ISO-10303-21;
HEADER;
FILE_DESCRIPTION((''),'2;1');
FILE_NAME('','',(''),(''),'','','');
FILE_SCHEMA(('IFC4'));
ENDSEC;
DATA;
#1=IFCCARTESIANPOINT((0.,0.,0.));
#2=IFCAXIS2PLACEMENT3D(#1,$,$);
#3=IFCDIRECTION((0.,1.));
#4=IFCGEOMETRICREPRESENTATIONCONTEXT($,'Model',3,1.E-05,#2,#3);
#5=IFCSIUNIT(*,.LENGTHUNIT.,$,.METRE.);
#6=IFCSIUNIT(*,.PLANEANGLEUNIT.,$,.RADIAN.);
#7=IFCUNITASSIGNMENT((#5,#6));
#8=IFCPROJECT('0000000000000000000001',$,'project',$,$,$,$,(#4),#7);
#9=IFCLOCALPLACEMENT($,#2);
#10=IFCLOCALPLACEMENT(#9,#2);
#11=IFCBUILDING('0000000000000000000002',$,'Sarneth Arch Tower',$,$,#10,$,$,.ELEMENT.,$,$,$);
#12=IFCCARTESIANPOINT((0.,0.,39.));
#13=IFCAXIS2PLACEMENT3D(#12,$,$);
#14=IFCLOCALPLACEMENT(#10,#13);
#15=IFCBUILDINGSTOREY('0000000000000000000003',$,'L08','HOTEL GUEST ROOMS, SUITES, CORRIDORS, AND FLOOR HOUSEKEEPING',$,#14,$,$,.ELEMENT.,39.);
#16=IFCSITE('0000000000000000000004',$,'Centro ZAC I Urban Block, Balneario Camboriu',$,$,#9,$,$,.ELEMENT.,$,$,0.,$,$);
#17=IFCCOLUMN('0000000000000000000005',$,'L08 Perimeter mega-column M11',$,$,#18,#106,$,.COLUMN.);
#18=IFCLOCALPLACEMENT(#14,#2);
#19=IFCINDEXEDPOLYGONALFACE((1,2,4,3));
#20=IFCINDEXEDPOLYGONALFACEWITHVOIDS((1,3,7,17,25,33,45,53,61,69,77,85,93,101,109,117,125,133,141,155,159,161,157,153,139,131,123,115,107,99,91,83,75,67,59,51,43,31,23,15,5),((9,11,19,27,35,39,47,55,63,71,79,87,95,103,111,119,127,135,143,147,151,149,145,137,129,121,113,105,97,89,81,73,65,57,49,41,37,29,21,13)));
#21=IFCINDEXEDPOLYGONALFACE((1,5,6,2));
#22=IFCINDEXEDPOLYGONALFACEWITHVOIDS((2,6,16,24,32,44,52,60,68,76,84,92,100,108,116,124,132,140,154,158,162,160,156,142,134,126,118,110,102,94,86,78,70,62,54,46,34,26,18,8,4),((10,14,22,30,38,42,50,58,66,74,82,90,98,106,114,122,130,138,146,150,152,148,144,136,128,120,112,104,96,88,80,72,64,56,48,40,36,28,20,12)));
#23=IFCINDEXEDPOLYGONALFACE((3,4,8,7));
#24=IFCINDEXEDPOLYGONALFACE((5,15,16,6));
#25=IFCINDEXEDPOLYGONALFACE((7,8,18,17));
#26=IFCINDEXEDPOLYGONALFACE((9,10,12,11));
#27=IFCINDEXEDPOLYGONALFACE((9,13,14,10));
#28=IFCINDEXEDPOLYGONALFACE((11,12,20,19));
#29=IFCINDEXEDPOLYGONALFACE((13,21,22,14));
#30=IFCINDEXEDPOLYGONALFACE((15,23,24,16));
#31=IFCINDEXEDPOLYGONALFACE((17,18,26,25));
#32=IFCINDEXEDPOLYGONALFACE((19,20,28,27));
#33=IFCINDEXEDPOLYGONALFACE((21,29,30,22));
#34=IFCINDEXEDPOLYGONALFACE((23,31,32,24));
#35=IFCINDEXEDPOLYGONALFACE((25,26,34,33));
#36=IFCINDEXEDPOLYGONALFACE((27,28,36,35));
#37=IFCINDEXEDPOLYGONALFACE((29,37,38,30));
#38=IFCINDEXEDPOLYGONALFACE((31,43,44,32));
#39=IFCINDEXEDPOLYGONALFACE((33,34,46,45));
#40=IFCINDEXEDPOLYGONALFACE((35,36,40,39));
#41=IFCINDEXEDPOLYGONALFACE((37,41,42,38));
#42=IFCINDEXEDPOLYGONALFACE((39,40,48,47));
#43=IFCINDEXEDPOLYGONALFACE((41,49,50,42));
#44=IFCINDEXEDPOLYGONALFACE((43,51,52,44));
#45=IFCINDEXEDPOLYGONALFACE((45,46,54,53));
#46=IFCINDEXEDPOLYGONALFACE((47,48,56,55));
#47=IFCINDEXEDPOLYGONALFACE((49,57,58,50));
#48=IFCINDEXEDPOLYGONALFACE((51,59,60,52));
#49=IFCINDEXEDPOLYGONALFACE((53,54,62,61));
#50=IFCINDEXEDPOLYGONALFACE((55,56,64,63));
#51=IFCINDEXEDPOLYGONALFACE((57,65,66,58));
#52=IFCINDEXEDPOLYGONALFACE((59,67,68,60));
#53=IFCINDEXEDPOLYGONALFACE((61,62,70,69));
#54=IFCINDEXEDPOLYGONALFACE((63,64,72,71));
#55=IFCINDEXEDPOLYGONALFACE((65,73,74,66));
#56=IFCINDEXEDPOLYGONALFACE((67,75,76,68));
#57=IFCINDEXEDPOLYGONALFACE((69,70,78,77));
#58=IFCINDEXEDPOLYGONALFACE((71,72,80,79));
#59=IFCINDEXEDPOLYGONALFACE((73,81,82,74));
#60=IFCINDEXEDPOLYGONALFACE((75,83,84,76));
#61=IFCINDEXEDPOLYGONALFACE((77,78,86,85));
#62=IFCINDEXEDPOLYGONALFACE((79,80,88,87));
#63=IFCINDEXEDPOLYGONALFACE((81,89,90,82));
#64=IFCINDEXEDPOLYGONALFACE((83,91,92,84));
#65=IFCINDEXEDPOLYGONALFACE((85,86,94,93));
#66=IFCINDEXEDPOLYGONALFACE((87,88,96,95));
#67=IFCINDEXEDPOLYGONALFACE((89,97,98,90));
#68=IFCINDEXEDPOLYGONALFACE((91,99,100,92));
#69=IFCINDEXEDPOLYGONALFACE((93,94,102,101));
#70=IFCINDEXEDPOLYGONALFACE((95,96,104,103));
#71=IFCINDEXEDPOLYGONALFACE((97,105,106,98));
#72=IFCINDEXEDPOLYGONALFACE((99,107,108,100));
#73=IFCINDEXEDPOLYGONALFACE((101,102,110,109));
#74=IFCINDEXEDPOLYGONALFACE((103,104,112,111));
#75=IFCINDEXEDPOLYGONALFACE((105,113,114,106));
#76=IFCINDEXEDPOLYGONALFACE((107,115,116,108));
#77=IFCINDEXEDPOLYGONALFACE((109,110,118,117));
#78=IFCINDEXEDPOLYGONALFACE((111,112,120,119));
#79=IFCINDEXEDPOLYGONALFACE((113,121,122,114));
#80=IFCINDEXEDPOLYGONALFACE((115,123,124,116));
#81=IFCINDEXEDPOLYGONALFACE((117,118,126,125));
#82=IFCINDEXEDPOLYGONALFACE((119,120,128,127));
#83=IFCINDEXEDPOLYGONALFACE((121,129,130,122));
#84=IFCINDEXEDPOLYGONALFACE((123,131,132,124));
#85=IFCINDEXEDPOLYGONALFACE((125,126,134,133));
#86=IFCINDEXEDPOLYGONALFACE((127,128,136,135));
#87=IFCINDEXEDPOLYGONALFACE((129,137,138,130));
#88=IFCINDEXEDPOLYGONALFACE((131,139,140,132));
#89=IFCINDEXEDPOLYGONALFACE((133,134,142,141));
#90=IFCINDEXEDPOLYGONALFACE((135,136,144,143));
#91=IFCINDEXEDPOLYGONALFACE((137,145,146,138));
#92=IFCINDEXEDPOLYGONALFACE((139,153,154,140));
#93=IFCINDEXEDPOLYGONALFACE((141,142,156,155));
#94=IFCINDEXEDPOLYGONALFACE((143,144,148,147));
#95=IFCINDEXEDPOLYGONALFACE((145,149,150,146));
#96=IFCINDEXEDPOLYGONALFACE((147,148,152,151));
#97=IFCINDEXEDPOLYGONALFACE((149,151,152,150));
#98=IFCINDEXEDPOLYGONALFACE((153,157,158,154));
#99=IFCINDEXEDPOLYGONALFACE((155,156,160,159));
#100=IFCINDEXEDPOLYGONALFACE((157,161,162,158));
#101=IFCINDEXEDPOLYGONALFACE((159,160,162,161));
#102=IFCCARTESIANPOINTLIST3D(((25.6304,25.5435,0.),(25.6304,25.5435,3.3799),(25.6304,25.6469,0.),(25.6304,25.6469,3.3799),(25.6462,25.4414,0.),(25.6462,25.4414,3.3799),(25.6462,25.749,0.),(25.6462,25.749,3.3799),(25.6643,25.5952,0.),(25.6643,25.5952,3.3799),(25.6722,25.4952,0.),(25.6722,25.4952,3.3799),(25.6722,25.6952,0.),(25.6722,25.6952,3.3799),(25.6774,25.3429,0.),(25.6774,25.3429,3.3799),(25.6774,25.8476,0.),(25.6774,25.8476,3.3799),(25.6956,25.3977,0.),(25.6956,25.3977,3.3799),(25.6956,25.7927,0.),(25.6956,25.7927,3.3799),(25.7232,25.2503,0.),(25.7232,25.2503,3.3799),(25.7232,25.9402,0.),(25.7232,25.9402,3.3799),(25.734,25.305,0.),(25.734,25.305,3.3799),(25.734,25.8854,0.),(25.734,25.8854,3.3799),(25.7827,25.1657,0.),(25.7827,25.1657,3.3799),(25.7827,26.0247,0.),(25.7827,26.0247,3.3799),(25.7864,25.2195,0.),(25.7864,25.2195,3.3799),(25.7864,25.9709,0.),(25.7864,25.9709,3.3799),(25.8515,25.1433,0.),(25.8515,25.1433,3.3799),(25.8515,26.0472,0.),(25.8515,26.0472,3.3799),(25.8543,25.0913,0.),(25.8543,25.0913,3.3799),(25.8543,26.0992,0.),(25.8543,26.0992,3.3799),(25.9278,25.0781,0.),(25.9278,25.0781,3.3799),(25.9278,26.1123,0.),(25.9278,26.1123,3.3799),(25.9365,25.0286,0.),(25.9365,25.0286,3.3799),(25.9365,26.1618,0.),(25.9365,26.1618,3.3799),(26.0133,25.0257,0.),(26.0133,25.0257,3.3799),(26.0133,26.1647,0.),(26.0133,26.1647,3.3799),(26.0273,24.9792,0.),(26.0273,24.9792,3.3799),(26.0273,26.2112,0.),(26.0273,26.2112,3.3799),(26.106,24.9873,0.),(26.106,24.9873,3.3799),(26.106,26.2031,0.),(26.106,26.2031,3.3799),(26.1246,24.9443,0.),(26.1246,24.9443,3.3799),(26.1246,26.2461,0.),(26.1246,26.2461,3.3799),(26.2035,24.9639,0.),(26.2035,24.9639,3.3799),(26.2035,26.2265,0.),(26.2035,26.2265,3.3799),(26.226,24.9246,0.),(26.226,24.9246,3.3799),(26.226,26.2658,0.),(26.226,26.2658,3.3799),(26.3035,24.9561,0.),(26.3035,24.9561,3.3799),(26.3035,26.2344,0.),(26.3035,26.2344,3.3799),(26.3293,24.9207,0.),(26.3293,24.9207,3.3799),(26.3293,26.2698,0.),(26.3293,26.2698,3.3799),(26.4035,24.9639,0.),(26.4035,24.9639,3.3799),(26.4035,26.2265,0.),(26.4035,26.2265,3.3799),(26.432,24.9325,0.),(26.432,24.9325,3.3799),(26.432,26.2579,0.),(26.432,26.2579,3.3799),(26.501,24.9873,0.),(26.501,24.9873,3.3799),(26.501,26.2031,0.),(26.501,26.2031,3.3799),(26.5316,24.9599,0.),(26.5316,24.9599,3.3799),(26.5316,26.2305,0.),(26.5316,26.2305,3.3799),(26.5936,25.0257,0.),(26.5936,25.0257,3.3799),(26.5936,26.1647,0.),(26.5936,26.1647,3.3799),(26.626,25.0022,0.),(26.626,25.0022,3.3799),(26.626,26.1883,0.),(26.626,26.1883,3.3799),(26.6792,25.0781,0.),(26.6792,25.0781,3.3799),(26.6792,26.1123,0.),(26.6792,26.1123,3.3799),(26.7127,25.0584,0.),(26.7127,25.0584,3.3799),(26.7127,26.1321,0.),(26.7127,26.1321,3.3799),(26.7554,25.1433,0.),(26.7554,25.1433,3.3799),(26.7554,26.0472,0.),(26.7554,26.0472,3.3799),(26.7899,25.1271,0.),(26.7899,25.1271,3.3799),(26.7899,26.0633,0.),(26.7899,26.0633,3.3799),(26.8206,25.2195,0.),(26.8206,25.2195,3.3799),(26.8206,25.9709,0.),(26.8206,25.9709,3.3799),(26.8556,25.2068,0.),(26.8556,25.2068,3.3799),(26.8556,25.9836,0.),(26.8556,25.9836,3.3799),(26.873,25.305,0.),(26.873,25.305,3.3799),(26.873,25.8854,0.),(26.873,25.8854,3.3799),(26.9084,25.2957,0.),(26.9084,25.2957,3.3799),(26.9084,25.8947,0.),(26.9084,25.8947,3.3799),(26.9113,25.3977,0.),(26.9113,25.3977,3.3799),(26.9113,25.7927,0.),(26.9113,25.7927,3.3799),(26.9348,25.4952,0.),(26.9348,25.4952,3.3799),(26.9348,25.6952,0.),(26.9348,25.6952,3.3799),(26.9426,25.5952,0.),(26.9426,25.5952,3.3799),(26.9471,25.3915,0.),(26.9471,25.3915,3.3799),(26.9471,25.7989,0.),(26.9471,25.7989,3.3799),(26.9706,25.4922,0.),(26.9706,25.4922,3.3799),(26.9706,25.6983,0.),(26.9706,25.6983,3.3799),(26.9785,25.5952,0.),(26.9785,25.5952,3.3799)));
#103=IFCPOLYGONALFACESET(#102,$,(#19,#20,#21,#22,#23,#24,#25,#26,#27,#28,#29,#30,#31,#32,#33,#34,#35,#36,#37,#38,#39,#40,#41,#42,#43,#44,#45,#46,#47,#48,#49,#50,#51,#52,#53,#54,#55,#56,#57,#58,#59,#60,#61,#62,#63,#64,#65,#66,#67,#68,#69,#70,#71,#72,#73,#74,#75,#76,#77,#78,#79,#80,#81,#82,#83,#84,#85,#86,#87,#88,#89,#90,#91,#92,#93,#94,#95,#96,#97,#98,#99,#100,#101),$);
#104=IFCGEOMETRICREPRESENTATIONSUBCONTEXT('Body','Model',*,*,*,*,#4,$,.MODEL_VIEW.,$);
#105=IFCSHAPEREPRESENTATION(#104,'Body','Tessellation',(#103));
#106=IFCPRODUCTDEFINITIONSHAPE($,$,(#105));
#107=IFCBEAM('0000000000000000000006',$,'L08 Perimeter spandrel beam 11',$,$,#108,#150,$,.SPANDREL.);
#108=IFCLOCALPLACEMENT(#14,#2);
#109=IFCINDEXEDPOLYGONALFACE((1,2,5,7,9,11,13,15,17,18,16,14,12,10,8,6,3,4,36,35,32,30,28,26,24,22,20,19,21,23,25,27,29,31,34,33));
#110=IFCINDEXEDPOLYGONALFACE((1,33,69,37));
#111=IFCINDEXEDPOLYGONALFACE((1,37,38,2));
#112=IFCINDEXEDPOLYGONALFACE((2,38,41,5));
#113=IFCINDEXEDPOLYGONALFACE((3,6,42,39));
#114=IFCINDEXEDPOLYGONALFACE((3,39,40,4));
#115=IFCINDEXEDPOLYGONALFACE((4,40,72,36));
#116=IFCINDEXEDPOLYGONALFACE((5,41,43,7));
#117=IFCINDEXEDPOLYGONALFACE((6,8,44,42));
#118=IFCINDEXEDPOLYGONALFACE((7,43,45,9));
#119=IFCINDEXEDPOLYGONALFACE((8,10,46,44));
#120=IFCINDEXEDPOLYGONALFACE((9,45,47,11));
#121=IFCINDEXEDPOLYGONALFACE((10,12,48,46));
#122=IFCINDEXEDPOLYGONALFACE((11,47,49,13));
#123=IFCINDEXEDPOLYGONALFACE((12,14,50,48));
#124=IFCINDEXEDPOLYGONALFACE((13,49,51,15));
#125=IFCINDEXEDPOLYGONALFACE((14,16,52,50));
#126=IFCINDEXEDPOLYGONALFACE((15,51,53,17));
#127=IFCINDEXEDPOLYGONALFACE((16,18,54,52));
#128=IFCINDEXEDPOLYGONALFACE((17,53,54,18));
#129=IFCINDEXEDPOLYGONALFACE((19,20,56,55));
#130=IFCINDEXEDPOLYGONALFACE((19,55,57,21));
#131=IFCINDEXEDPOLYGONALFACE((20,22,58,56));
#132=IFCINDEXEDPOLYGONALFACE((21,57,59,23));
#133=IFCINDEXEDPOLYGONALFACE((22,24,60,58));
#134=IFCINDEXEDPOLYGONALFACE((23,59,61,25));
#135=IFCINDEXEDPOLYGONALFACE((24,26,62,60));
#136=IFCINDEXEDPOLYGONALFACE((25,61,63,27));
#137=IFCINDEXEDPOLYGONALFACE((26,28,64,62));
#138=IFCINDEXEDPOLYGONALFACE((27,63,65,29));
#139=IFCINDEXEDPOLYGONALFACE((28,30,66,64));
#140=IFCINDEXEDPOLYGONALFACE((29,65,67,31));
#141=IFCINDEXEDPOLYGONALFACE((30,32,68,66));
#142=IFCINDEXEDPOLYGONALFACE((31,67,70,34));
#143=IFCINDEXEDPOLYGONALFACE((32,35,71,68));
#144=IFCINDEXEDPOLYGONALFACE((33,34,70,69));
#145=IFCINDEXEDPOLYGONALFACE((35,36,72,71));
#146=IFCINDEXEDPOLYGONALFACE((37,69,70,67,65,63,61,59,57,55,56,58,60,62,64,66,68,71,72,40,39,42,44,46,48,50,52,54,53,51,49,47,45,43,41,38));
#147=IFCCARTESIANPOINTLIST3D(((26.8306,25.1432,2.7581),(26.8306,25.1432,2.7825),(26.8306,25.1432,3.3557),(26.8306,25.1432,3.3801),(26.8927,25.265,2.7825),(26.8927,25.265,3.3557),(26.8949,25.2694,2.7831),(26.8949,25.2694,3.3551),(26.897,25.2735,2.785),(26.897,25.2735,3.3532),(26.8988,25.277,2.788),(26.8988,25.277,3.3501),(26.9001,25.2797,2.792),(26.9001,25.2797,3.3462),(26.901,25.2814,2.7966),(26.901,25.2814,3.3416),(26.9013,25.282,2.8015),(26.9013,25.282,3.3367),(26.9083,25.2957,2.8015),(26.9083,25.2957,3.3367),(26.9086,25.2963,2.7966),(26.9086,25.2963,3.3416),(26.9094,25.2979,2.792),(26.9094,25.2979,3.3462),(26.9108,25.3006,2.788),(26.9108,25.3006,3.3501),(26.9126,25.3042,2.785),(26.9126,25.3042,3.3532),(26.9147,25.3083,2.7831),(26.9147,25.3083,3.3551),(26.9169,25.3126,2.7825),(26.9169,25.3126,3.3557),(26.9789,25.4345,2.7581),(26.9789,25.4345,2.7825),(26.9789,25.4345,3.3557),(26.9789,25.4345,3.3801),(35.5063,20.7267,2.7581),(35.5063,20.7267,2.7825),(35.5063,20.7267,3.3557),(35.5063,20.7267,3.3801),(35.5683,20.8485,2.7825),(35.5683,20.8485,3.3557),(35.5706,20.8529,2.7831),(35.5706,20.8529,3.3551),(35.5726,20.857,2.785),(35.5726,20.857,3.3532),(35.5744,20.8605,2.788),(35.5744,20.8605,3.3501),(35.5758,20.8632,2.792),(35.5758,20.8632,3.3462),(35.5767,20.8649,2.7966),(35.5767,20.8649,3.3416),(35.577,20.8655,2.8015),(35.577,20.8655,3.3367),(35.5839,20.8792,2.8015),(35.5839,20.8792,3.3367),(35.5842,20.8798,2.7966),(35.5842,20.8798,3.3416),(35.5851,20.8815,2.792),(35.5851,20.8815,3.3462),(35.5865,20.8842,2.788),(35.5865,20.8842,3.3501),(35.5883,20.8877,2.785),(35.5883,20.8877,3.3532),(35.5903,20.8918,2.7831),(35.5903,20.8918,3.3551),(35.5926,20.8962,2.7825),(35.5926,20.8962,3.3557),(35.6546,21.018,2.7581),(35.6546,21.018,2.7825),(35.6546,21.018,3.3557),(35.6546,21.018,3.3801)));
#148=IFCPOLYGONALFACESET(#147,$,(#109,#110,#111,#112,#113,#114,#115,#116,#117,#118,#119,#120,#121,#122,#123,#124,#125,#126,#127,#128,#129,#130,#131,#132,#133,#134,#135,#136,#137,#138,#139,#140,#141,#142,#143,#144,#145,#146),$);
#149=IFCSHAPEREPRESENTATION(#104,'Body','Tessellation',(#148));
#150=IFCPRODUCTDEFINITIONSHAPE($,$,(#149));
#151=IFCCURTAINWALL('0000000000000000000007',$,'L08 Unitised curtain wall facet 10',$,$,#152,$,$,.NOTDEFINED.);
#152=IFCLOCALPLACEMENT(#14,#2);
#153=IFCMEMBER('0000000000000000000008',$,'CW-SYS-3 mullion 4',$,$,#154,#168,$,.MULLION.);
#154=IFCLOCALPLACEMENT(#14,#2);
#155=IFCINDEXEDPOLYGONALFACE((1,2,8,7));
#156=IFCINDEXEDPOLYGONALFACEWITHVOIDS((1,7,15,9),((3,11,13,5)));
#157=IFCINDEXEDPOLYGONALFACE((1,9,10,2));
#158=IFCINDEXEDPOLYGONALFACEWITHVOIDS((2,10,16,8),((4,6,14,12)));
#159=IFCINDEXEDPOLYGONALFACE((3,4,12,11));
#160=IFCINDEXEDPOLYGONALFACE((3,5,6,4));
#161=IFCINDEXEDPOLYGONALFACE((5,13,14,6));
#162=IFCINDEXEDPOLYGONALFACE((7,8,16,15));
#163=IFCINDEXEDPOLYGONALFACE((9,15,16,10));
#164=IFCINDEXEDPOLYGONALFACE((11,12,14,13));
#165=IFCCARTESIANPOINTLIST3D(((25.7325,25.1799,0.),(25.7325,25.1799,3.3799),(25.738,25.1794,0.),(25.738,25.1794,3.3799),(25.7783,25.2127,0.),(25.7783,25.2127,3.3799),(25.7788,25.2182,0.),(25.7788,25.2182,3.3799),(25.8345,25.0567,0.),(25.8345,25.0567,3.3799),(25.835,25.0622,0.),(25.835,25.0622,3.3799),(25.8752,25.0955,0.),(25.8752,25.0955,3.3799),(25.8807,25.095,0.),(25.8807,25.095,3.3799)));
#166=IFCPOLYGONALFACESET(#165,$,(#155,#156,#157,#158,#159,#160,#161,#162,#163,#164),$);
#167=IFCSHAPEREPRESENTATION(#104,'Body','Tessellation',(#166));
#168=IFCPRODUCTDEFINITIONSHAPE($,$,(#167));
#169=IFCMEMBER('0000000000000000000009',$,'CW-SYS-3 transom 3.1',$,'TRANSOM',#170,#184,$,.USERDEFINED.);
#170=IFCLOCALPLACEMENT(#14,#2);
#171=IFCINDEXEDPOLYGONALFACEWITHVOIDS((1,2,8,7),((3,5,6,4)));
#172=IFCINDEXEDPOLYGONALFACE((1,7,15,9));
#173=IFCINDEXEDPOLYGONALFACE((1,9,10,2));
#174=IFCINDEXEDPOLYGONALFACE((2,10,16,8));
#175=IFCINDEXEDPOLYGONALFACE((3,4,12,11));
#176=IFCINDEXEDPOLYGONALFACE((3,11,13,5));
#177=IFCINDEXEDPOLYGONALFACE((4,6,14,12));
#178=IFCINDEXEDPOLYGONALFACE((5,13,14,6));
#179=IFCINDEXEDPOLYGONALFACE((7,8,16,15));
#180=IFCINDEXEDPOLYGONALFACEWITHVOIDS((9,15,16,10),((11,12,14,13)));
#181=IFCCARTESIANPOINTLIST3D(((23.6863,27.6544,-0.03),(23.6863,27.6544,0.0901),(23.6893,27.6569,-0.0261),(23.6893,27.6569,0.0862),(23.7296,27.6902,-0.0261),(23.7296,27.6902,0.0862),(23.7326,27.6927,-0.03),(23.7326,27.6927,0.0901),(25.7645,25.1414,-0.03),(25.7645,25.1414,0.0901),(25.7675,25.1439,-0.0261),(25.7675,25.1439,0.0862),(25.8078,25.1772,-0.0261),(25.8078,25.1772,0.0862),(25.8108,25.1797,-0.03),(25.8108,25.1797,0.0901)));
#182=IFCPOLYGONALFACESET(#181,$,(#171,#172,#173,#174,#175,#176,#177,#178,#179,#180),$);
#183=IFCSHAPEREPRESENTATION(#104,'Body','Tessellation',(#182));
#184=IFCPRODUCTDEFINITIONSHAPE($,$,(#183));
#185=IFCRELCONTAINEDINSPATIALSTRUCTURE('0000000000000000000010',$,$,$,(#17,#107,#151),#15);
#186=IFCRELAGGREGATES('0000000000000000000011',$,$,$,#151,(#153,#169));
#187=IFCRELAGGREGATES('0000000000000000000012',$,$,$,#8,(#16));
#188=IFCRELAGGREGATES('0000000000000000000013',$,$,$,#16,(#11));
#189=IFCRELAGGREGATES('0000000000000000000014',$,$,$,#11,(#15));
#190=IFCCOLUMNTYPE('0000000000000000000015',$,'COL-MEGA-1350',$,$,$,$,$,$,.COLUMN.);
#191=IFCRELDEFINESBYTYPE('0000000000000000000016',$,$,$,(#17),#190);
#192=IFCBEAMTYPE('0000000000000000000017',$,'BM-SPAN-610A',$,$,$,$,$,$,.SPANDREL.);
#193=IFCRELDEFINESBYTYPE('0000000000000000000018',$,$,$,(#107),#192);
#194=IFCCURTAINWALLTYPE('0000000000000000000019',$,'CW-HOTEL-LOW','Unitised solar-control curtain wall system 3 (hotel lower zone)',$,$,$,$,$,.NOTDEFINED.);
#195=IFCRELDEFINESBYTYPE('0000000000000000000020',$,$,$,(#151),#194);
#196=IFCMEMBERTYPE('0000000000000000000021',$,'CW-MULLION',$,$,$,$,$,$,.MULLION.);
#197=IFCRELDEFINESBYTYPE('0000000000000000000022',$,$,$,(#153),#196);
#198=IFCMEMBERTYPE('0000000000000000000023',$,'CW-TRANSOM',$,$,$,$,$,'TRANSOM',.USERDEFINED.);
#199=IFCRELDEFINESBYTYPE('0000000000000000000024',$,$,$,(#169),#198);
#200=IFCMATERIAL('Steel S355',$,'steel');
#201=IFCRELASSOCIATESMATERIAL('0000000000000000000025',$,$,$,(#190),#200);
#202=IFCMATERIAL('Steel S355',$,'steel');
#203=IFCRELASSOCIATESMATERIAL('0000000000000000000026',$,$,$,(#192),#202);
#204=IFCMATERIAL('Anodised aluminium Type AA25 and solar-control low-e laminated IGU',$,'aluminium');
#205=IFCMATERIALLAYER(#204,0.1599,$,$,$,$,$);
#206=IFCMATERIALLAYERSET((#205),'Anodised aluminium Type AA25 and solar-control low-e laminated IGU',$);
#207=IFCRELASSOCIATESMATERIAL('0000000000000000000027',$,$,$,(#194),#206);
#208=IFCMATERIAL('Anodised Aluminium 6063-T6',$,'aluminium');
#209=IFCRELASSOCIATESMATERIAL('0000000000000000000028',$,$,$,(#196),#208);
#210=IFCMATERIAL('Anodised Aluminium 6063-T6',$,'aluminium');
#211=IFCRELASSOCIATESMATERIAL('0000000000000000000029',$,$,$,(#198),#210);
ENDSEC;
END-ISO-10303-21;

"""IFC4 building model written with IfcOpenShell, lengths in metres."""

from ifc_helpers import new_model, si_unit, direction, frame, origin, origin_2d, place, context, subcontext, project, spatial, hollow_rectangle, hollow_circle, i_section, extrude, material, layer, layer_set, material_profile, profile_set, type_object, element, aggregate, save


model = new_model("IFC4")

# Units and contexts
model_context = context("Model", 3, precision=1e-05, world=origin(), true_north=direction((0.0, 1.0)))
body_context = subcontext(model_context, "Body", "Model", "MODEL_VIEW")
ifc_project = project(units=[si_unit("LENGTHUNIT", "METRE"), si_unit("PLANEANGLEUNIT", "RADIAN")], contexts=[model_context])

# Site, building, storey
site_placement = place(None, origin())
site = spatial("IfcSite", under=ifc_project, at=site_placement, Name="Centro ZAC I Urban Block, Balneario Camboriu", CompositionType="ELEMENT", RefElevation=0.0)
building_placement = place(site_placement, origin())
building = spatial("IfcBuilding", under=site, at=building_placement, Name="Sarneth Arch Tower", CompositionType="ELEMENT")
storey_placement = place(building_placement, frame((0.0, 0.0, 39.0)))
storey = spatial("IfcBuildingStorey", under=building, at=storey_placement, Name="L08", Description="HOTEL GUEST ROOMS, SUITES, CORRIDORS, AND FLOOR HOUSEKEEPING", CompositionType="ELEMENT", Elevation=39.0)

# Column
ifc_material_1 = material(Name="Steel S355", Category="steel")
ifc_material_profile_1 = material_profile(ifc_material_1, hollow_circle(Radius=0.675, WallThickness=0.0359, at=origin_2d()), Name="CHS1350x36")
ifc_profile_set_1 = profile_set([ifc_material_profile_1], Name="Steel S355")
column_type = type_object("IfcColumnType", Name="COL-MEGA-1350", PredefinedType="COLUMN", material=ifc_profile_set_1)
column_placement = place(storey_placement, frame((26.3035, 25.5952, 0.0), z_axis=(0.0, 0.0, 1.0), x_axis=(1.0, 0.0, 0.0)))
element("IfcColumn", 1, at=column_placement, inside=storey, type_object=column_type, Name="L08 Perimeter mega-column M11", PredefinedType="COLUMN", context=body_context, shape_type="SweptSolid", body=[
    extrude(hollow_circle(Radius=0.675, WallThickness=0.0359, at=origin_2d()), origin(), (0.0, 0.0, 1.0), 3.3799),
])

# Beam
ifc_material_2 = material(Name="Steel S355", Category="steel")
ifc_material_profile_2 = material_profile(ifc_material_2, i_section(OverallWidth=0.3269, OverallDepth=0.6221, WebThickness=0.0154, FlangeThickness=0.0244, FilletRadius=0.019, at=origin_2d()), Name="W610x195")
ifc_profile_set_2 = profile_set([ifc_material_profile_2], Name="Steel S355")
beam_type = type_object("IfcBeamType", Name="BM-SPAN-610A", PredefinedType="SPANDREL", material=ifc_profile_set_2)
beam_placement = place(storey_placement, frame((26.9048, 25.2888, 3.0691), z_axis=(0.891174, -0.453662, 0.0), x_axis=(0.453662, 0.891174, 0.0)))
element("IfcBeam", 2, at=beam_placement, inside=storey, type_object=beam_type, Name="L08 Perimeter spandrel beam 11", PredefinedType="SPANDREL", context=body_context, shape_type="SweptSolid", body=[
    extrude(i_section(OverallWidth=0.3269, OverallDepth=0.6221, WebThickness=0.0154, FlangeThickness=0.0244, FilletRadius=0.019, at=origin_2d()), origin(), (0.0, 0.0, 1.0), 9.7351),
])

# Curtain wall, members
ifc_material_3 = material(Name="Anodised aluminium Type AA25 and solar-control low-e laminated IGU", Category="aluminium")
ifc_layer_1 = layer(ifc_material_3, 0.1599)
ifc_layer_set_1 = layer_set([ifc_layer_1], Name="Anodised aluminium Type AA25 and solar-control low-e laminated IGU")
curtain_wall_type = type_object("IfcCurtainWallType", Name="CW-HOTEL-LOW", Description="Unitised solar-control curtain wall system 3 (hotel lower zone)", PredefinedType="NOTDEFINED", material=ifc_layer_set_1)
curtain_wall_placement = place(storey_placement, origin())
curtain_wall = element("IfcCurtainWall", 3, at=curtain_wall_placement, inside=storey, type_object=curtain_wall_type, Name="L08 Unitised curtain wall facet 10", PredefinedType="NOTDEFINED")
ifc_material_4 = material(Name="Anodised Aluminium 6063-T6", Category="aluminium")
ifc_material_profile_3 = material_profile(ifc_material_4, hollow_rectangle(XDim=0.0601, YDim=0.1599, WallThickness=0.0039, at=origin_2d()), Name="AL-MULL-160x60x4")
ifc_profile_set_3 = profile_set([ifc_material_profile_3], Name="Anodised Aluminium 6063-T6")
member_type_1 = type_object("IfcMemberType", Name="CW-MULLION", PredefinedType="MULLION", material=ifc_profile_set_3)
member_1_placement = place(storey_placement, frame((25.8066, 25.1375, 0.0), z_axis=(0.0, 0.0, 1.0), x_axis=(0.770623, 0.637291, 0.0)))
member_1 = element("IfcMember", 4, at=member_1_placement, type_object=member_type_1, Name="CW-SYS-3 mullion 4", PredefinedType="MULLION", context=body_context, shape_type="SweptSolid", body=[
    extrude(hollow_rectangle(XDim=0.0601, YDim=0.1599, WallThickness=0.0039, at=origin_2d()), origin(), (0.0, 0.0, 1.0), 3.3799),
])
ifc_material_5 = material(Name="Anodised Aluminium 6063-T6", Category="aluminium")
ifc_material_profile_4 = material_profile(ifc_material_5, hollow_rectangle(XDim=0.0601, YDim=0.1201, WallThickness=0.0039, at=origin_2d()), Name="AL-TRAN-120x60x4")
ifc_profile_set_4 = profile_set([ifc_material_profile_4], Name="Anodised Aluminium 6063-T6")
member_type_2 = type_object("IfcMemberType", Name="CW-TRANSOM", ElementType="TRANSOM", PredefinedType="USERDEFINED", material=ifc_profile_set_4)
member_2_placement = place(storey_placement, frame((23.7095, 27.6736, 0.03), z_axis=(0.637286, -0.770628, 0.0), x_axis=(0.770628, 0.637286, 0.0)))
member_2 = element("IfcMember", 5, at=member_2_placement, type_object=member_type_2, Name="CW-SYS-3 transom 3.1", ObjectType="TRANSOM", PredefinedType="USERDEFINED", context=body_context, shape_type="SweptSolid", body=[
    extrude(hollow_rectangle(XDim=0.0601, YDim=0.1201, WallThickness=0.0039, at=origin_2d()), origin(), (0.0, 0.0, 1.0), 3.261),
])

aggregate(curtain_wall, [member_1, member_2])

save(model, "model.ifc")
